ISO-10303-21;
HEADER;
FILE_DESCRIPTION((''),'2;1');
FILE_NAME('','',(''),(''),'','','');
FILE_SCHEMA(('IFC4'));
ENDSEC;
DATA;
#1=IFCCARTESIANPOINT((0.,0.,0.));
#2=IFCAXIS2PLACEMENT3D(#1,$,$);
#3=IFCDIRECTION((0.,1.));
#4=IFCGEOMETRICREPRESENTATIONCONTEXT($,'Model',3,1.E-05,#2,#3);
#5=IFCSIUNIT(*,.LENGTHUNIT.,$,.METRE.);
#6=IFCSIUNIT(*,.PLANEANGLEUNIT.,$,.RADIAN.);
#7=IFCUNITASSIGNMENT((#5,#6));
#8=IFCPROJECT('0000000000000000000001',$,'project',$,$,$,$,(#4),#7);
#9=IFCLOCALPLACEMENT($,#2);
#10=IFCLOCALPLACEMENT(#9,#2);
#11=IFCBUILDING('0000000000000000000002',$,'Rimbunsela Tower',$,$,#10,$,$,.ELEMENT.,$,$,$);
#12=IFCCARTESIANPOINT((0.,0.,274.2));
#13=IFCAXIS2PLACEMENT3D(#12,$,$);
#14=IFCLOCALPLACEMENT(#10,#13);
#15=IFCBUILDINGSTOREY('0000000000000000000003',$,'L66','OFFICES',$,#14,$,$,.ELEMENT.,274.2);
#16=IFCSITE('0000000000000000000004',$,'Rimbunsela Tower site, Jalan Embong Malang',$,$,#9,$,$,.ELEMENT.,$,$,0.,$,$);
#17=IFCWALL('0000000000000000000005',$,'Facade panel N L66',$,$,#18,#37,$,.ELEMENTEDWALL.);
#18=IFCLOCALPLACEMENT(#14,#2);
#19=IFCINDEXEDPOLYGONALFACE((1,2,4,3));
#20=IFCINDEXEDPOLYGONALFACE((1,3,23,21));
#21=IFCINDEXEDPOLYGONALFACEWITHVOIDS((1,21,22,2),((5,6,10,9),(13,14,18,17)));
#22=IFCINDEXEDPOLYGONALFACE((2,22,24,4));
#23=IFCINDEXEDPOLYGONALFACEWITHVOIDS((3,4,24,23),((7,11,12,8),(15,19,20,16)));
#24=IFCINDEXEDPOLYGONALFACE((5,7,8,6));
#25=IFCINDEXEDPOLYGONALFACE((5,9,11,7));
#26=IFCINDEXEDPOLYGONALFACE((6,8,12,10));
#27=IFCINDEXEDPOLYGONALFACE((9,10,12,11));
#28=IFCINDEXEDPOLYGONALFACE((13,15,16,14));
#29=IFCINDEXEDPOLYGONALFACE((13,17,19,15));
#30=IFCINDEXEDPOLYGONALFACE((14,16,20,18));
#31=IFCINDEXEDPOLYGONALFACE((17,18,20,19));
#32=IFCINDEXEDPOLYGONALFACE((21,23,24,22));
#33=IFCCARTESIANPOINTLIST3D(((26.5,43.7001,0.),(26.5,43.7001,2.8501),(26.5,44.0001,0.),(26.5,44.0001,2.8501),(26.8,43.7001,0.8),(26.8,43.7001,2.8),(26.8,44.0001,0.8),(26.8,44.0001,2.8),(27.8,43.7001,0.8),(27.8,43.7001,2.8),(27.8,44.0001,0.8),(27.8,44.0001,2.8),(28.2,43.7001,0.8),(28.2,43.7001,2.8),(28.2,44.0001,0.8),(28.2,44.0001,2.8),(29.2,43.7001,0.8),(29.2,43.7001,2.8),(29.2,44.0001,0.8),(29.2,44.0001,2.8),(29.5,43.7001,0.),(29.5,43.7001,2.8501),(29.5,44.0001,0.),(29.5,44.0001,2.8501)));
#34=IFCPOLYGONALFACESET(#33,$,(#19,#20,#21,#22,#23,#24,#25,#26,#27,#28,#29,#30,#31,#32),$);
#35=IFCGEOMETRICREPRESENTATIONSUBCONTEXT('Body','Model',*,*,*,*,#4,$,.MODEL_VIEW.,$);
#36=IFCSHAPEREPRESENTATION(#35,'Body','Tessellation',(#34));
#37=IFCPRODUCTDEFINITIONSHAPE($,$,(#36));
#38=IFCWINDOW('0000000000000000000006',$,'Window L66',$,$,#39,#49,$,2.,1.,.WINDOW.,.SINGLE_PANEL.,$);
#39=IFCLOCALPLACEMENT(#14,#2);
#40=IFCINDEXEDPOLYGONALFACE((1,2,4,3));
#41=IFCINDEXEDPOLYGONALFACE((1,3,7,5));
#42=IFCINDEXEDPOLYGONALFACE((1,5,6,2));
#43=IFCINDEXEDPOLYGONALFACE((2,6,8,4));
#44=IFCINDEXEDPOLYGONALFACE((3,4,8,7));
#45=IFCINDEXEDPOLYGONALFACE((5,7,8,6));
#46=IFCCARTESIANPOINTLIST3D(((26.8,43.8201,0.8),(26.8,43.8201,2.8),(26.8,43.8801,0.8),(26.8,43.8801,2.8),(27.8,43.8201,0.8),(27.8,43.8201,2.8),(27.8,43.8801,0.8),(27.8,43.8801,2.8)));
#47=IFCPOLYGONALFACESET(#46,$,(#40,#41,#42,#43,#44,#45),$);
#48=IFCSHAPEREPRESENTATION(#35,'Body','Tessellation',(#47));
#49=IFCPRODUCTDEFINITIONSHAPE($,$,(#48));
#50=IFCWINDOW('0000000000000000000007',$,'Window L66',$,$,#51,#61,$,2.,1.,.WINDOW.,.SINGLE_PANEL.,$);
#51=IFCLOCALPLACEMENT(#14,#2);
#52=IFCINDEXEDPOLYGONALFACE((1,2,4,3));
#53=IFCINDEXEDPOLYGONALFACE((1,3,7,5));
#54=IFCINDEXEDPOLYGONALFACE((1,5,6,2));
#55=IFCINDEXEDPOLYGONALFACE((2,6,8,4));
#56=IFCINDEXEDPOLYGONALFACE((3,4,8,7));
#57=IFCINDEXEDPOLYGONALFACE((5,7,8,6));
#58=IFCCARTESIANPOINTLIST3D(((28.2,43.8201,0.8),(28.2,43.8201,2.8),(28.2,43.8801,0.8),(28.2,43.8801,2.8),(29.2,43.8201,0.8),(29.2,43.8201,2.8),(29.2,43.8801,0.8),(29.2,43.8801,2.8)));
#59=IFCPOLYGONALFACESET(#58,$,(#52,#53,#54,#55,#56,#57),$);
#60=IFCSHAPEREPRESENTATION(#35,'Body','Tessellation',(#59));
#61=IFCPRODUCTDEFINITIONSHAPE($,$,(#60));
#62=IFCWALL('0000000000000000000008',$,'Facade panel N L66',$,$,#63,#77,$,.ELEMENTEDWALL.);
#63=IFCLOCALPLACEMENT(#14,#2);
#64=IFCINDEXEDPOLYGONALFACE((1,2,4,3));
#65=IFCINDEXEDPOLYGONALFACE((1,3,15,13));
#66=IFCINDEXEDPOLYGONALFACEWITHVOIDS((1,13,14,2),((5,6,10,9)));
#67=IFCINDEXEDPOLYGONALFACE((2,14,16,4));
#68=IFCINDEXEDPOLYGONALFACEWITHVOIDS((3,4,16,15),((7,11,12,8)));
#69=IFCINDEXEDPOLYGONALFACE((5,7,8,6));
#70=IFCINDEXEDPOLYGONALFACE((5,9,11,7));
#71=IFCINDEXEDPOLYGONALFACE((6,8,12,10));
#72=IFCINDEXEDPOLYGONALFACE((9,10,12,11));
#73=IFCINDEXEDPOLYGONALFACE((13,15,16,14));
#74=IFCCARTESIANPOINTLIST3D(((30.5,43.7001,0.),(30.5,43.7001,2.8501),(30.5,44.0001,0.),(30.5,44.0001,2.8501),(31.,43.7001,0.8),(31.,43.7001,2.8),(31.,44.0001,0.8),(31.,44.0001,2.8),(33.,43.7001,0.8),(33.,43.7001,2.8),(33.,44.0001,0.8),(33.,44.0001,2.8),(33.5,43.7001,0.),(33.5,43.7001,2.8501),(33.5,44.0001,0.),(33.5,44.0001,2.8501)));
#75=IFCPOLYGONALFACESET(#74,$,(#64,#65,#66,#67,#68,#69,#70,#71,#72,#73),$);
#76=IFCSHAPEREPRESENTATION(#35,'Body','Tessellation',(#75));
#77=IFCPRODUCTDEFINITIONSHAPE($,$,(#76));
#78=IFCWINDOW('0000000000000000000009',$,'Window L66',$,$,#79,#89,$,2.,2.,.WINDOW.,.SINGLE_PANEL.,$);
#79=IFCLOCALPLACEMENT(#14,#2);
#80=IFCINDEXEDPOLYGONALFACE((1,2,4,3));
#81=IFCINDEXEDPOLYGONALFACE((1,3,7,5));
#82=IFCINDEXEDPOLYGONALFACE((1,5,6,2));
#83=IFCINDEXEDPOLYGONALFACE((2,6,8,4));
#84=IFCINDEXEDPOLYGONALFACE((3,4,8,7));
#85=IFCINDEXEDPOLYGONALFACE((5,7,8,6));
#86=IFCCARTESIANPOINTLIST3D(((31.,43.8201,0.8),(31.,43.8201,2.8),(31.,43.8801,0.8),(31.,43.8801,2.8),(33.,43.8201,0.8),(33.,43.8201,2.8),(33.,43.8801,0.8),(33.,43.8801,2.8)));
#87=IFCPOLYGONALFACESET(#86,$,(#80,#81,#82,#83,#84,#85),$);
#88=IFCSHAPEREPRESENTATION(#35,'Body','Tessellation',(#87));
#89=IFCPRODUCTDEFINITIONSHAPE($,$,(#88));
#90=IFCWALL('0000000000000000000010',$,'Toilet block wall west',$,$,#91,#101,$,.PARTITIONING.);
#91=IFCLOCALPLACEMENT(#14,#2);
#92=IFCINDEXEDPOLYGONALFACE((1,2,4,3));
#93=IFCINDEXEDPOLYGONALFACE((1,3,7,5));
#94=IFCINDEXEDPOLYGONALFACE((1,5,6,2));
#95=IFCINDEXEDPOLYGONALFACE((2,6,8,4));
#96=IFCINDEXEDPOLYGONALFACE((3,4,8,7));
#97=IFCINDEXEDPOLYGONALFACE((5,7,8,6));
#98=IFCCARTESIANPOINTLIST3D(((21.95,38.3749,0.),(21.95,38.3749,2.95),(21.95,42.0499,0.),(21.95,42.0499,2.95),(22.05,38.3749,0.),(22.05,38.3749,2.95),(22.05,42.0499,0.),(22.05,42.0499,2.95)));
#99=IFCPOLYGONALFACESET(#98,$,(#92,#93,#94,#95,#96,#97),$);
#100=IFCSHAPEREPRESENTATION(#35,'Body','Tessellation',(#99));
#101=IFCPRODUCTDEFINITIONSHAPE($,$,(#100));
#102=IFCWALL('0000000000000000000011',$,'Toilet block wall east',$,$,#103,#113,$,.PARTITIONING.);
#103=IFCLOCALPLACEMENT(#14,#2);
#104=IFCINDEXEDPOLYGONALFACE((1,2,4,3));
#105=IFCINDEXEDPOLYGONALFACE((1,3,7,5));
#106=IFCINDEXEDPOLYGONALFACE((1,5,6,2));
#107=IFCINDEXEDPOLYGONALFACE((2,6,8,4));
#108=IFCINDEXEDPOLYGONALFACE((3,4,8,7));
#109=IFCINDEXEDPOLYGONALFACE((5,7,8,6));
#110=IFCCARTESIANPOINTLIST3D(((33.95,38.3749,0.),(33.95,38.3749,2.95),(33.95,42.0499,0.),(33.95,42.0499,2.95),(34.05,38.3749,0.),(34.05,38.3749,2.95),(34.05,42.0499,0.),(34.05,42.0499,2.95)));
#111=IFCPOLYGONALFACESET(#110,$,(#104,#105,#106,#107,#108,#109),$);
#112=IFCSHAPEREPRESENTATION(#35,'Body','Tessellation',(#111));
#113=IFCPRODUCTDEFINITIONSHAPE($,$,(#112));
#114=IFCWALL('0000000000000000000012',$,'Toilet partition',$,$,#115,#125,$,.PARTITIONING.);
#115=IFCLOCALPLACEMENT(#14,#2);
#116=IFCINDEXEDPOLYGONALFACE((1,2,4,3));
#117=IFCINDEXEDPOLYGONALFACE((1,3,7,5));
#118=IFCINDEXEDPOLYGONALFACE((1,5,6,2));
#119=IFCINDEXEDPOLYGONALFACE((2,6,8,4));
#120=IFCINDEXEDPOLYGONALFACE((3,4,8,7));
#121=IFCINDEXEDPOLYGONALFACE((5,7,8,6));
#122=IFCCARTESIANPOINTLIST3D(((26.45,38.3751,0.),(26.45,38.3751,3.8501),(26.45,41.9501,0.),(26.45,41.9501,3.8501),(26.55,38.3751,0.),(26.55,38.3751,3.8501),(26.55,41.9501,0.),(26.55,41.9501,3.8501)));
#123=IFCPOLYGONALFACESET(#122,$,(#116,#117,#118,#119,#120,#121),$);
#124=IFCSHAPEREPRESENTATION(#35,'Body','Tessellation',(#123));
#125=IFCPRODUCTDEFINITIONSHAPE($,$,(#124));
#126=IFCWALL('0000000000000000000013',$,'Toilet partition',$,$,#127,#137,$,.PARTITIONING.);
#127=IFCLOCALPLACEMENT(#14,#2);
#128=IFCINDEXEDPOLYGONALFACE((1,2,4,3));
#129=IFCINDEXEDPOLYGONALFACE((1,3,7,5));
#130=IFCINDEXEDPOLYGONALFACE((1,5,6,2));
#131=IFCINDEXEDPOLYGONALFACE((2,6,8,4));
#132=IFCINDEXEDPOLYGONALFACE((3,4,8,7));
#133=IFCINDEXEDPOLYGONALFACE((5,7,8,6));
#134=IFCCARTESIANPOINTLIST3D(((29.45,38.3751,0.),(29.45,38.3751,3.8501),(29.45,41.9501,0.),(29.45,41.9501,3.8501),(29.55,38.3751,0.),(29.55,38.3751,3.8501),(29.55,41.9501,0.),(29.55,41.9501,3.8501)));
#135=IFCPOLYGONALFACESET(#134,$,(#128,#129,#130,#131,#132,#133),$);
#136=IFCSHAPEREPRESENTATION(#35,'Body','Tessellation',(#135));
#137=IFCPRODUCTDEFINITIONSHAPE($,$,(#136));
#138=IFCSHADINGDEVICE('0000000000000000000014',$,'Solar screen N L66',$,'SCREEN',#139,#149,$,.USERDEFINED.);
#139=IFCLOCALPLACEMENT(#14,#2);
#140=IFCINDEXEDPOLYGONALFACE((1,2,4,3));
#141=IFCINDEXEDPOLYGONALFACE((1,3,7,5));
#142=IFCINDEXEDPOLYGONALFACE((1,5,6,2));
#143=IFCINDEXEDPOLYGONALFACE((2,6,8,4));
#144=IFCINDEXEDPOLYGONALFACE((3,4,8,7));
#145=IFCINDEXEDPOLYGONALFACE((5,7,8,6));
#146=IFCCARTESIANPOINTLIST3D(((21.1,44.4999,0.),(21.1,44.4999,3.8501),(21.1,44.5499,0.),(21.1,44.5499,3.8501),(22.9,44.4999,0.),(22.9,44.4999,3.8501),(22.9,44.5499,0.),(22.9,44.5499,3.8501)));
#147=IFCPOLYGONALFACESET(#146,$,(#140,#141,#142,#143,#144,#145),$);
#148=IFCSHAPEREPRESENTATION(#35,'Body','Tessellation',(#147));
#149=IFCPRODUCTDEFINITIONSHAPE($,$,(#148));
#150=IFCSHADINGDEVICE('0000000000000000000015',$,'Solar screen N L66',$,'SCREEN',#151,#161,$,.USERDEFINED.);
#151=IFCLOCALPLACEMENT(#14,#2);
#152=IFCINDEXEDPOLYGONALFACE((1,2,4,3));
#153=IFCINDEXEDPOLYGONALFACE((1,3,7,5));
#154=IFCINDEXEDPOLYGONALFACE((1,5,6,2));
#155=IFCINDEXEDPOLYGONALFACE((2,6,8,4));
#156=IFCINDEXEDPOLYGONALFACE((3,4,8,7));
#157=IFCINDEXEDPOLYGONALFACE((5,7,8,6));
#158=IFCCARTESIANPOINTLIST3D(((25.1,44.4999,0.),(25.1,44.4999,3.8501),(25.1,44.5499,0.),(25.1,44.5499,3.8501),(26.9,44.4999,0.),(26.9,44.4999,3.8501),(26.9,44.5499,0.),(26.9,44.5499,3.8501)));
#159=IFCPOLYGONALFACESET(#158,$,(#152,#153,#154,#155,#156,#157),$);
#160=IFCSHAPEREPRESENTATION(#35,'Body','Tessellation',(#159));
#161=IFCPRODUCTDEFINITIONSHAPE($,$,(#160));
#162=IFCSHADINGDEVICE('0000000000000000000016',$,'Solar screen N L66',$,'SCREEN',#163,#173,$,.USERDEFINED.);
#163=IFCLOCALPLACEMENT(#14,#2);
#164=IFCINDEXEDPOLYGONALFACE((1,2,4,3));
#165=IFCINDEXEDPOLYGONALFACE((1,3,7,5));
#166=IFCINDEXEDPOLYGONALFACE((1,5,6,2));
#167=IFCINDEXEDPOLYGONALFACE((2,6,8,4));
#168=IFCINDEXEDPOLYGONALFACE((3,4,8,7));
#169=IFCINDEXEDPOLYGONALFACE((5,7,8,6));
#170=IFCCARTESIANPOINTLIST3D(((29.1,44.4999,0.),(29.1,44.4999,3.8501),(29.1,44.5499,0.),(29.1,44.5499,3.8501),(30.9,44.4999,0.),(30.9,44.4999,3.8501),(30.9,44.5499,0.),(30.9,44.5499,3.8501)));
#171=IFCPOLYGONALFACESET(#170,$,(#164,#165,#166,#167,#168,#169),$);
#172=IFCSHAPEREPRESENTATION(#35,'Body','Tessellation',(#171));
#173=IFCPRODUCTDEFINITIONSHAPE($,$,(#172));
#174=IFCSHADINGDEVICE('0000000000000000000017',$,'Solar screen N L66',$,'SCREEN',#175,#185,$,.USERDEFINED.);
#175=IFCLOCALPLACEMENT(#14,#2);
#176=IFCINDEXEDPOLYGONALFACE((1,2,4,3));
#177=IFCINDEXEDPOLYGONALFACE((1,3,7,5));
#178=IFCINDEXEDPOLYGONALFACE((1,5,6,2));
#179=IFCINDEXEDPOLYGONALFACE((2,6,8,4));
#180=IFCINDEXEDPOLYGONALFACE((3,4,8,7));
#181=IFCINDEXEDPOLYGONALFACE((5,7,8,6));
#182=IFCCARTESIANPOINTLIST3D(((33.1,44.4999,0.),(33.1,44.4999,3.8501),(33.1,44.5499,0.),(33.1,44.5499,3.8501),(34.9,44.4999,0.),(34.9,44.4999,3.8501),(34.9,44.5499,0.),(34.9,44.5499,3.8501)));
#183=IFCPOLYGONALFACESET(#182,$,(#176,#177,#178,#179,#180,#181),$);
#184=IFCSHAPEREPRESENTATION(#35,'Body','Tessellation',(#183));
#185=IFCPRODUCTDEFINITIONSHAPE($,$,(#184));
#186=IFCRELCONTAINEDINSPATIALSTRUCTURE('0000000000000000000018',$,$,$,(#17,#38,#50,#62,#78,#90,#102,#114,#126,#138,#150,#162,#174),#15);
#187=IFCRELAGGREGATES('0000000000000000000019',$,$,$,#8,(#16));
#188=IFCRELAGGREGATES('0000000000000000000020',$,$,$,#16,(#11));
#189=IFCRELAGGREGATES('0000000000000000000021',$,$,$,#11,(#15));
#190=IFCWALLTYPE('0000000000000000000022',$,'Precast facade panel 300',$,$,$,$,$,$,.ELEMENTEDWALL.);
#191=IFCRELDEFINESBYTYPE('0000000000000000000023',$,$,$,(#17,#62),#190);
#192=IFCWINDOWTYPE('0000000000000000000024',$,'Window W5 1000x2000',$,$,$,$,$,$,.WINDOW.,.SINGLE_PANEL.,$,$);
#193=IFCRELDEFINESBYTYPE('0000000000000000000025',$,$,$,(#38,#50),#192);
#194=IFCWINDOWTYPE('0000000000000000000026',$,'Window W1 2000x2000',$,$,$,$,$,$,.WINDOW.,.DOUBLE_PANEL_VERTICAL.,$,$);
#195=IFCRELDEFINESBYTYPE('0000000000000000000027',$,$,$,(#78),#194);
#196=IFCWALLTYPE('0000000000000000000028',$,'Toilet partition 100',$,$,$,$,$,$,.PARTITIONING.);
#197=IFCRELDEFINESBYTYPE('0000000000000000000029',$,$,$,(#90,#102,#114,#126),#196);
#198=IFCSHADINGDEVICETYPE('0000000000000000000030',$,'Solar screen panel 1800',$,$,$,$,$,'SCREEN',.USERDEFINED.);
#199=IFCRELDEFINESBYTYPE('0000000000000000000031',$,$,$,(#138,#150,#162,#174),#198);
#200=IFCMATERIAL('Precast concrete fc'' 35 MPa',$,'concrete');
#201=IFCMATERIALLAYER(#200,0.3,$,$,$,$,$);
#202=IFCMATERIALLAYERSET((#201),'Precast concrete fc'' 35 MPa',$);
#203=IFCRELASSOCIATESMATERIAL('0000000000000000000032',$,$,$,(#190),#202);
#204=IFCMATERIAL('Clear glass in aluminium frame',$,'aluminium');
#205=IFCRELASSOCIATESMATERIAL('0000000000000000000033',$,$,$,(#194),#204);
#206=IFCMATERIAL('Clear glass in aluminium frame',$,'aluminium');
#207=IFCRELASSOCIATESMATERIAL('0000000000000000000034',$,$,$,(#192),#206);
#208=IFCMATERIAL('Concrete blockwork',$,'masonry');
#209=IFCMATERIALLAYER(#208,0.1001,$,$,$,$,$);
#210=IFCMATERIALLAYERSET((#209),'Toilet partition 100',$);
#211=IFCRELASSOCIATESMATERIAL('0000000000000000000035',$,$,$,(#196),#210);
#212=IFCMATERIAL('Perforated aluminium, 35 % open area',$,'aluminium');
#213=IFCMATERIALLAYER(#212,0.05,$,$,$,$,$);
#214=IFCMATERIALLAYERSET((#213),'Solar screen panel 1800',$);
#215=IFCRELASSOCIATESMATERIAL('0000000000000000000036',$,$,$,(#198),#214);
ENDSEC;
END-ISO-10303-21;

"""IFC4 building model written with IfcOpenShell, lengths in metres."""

from ifc_helpers import new_model, si_unit, direction, frame, frame_2d, origin, origin_2d, place, context, subcontext, project, spatial, rectangle, extrude, material, layer, layer_set, type_object, element, fill, save


model = new_model("IFC4")

# Units and contexts
model_context = context("Model", 3, precision=1e-05, world=origin(), true_north=direction((0.0, 1.0)))
body_context = subcontext(model_context, "Body", "Model", "MODEL_VIEW")
ifc_project = project(units=[si_unit("LENGTHUNIT", "METRE"), si_unit("PLANEANGLEUNIT", "RADIAN")], contexts=[model_context])

# Site, building, storey
site_placement = place(None, origin())
site = spatial("IfcSite", under=ifc_project, at=site_placement, Name="Rimbunsela Tower site, Jalan Embong Malang", CompositionType="ELEMENT", RefElevation=0.0)
building_placement = place(site_placement, origin())
building = spatial("IfcBuilding", under=site, at=building_placement, Name="Rimbunsela Tower", CompositionType="ELEMENT")
storey_placement = place(building_placement, frame((0.0, 0.0, 274.2)))
storey = spatial("IfcBuildingStorey", under=building, at=storey_placement, Name="L66", Description="OFFICES", CompositionType="ELEMENT", Elevation=274.2)

# Shared definitions
ifc_material_1 = material(Name="Precast concrete fc' 35 MPa", Category="concrete")
ifc_layer_1 = layer(ifc_material_1, 0.3)
ifc_layer_set_1 = layer_set([ifc_layer_1], Name="Precast concrete fc' 35 MPa")
wall_type_1 = type_object("IfcWallType", Name="Precast facade panel 300", PredefinedType="ELEMENTEDWALL", material=ifc_layer_set_1)
ifc_material_2 = material(Name="Clear glass in aluminium frame", Category="aluminium")
window_type_1 = type_object("IfcWindowType", Name="Window W1 2000x2000", PartitioningType="DOUBLE_PANEL_VERTICAL", PredefinedType="WINDOW", material=ifc_material_2)

# Wall, openings, windows
wall_1_placement = place(storey_placement, frame((29.5, 43.8501, 0.0), z_axis=(0.0, 0.0, 1.0), x_axis=(-1.0, 0.0, 0.0)))
wall_1 = element("IfcWall", 1, at=wall_1_placement, inside=storey, type_object=wall_type_1, Name="Facade panel N L66", PredefinedType="ELEMENTEDWALL", context=body_context, shape_type="SweptSolid", body=[
    extrude(rectangle(XDim=3.0, YDim=0.3, at=frame_2d((1.5, 0.0))), origin(), (0.0, 0.0, 1.0), 2.8501),
])
opening_1_placement = place(wall_1_placement, frame((1.7, 0.0, 0.8)))
opening_1 = element("IfcOpeningElement", 2, at=opening_1_placement, cuts=wall_1, PredefinedType="OPENING", context=body_context, shape_type="SweptSolid", body=[
    extrude(rectangle(XDim=1.0, YDim=2.0, at=frame_2d((0.5, 1.0))), frame((0.0, 0.1599, 0.0), z_axis=(0.0, -1.0, 0.0), x_axis=(1.0, 0.0, 0.0)), (0.0, 0.0, 1.0), 0.3201),
])
opening_2_placement = place(wall_1_placement, frame((0.3, 0.0, 0.8)))
opening_2 = element("IfcOpeningElement", 3, at=opening_2_placement, cuts=wall_1, PredefinedType="OPENING", context=body_context, shape_type="SweptSolid", body=[
    extrude(rectangle(XDim=1.0, YDim=2.0, at=frame_2d((0.5, 1.0))), frame((0.0, 0.1599, 0.0), z_axis=(0.0, -1.0, 0.0), x_axis=(1.0, 0.0, 0.0)), (0.0, 0.0, 1.0), 0.3201),
])
ifc_material_3 = material(Name="Clear glass in aluminium frame", Category="aluminium")
window_type_2 = type_object("IfcWindowType", Name="Window W5 1000x2000", PartitioningType="SINGLE_PANEL", PredefinedType="WINDOW", material=ifc_material_3)
window_1_placement = place(opening_1_placement, origin())
window_1 = element("IfcWindow", 4, at=window_1_placement, inside=storey, type_object=window_type_2, Name="Window L66", OverallHeight=2.0, OverallWidth=1.0, PartitioningType="SINGLE_PANEL", PredefinedType="WINDOW", context=body_context, shape_type="SweptSolid", body=[
    extrude(rectangle(XDim=1.0, YDim=2.0, at=frame_2d((0.5, 1.0))), frame((0.0, 0.03, 0.0), z_axis=(0.0, -1.0, 0.0), x_axis=(1.0, 0.0, 0.0)), (0.0, 0.0, 1.0), 0.0601),
])
fill(opening_1, window_1)
window_2_placement = place(opening_2_placement, origin())
window_2 = element("IfcWindow", 5, at=window_2_placement, inside=storey, type_object=window_type_2, Name="Window L66", OverallHeight=2.0, OverallWidth=1.0, PartitioningType="SINGLE_PANEL", PredefinedType="WINDOW", context=body_context, shape_type="SweptSolid", body=[
    extrude(rectangle(XDim=1.0, YDim=2.0, at=frame_2d((0.5, 1.0))), frame((0.0, 0.03, 0.0), z_axis=(0.0, -1.0, 0.0), x_axis=(1.0, 0.0, 0.0)), (0.0, 0.0, 1.0), 0.0601),
])
fill(opening_2, window_2)

# Wall, opening, window
wall_2_placement = place(storey_placement, frame((33.5, 43.8501, 0.0), z_axis=(0.0, 0.0, 1.0), x_axis=(-1.0, 0.0, 0.0)))
wall_2 = element("IfcWall", 6, at=wall_2_placement, inside=storey, type_object=wall_type_1, Name="Facade panel N L66", PredefinedType="ELEMENTEDWALL", context=body_context, shape_type="SweptSolid", body=[
    extrude(rectangle(XDim=3.0, YDim=0.3, at=frame_2d((1.5, 0.0))), origin(), (0.0, 0.0, 1.0), 2.8501),
])
opening_3_placement = place(wall_2_placement, frame((0.5, 0.0, 0.8)))
opening_3 = element("IfcOpeningElement", 7, at=opening_3_placement, cuts=wall_2, PredefinedType="OPENING", context=body_context, shape_type="SweptSolid", body=[
    extrude(rectangle(XDim=2.0, YDim=2.0, at=frame_2d((1.0, 1.0))), frame((0.0, 0.1599, 0.0), z_axis=(0.0, -1.0, 0.0), x_axis=(1.0, 0.0, 0.0)), (0.0, 0.0, 1.0), 0.3201),
])
window_3_placement = place(opening_3_placement, origin())
window_3 = element("IfcWindow", 8, at=window_3_placement, inside=storey, type_object=window_type_1, Name="Window L66", OverallHeight=2.0, OverallWidth=2.0, PartitioningType="SINGLE_PANEL", PredefinedType="WINDOW", context=body_context, shape_type="SweptSolid", body=[
    extrude(rectangle(XDim=2.0, YDim=2.0, at=frame_2d((1.0, 1.0))), frame((0.0, 0.03, 0.0), z_axis=(0.0, -1.0, 0.0), x_axis=(1.0, 0.0, 0.0)), (0.0, 0.0, 1.0), 0.0601),
])
fill(opening_3, window_3)

# Walls
ifc_material_4 = material(Name="Concrete blockwork", Category="masonry")
ifc_layer_2 = layer(ifc_material_4, 0.1001)
ifc_layer_set_2 = layer_set([ifc_layer_2], Name="Toilet partition 100")
wall_type_2 = type_object("IfcWallType", Name="Toilet partition 100", PredefinedType="PARTITIONING", material=ifc_layer_set_2)
for number, where, z_axis, x_axis, name in (
    (9, (22.0, 38.375, 0.0), (0.0, 0.0, 1.0), (0.0, 1.0, 0.0), "Toilet block wall west"),
    (10, (34.0, 38.375, 0.0), (0.0, 0.0, 1.0), (0.0, 1.0, 0.0), "Toilet block wall east"),
):
    element("IfcWall", number, at=place(storey_placement, frame(where, z_axis=z_axis, x_axis=x_axis)), inside=storey, type_object=wall_type_2, Name=name, PredefinedType="PARTITIONING", context=body_context, shape_type="SweptSolid", body=[
        extrude(rectangle(XDim=3.675, YDim=0.1001, at=frame_2d((1.8374, 0.0))), origin(), (0.0, 0.0, 1.0), 2.95),
    ])
for number, where, z_axis, x_axis, name in (
    (11, (26.5, 38.375, 0.0), (0.0, 0.0, 1.0), (0.0, 1.0, 0.0), "Toilet partition"),
    (12, (29.5, 38.375, 0.0), (0.0, 0.0, 1.0), (0.0, 1.0, 0.0), "Toilet partition"),
):
    element("IfcWall", number, at=place(storey_placement, frame(where, z_axis=z_axis, x_axis=x_axis)), inside=storey, type_object=wall_type_2, Name=name, PredefinedType="PARTITIONING", context=body_context, shape_type="SweptSolid", body=[
        extrude(rectangle(XDim=3.575, YDim=0.1001, at=frame_2d((1.7876, 0.0))), origin(), (0.0, 0.0, 1.0), 3.8501),
    ])

# Shading devices
ifc_material_5 = material(Name="Perforated aluminium, 35 % open area", Category="aluminium")
ifc_layer_3 = layer(ifc_material_5, 0.05)
ifc_layer_set_3 = layer_set([ifc_layer_3], Name="Solar screen panel 1800")
shading_device_type = type_object("IfcShadingDeviceType", Name="Solar screen panel 1800", ElementType="SCREEN", PredefinedType="USERDEFINED", material=ifc_layer_set_3)
for number, where, z_axis, x_axis, name in (
    (13, (22.0, 44.5249, 0.0), (0.0, 0.0, 1.0), (1.0, 0.0, 0.0), "Solar screen N L66"),
    (14, (26.0, 44.5249, 0.0), (0.0, 0.0, 1.0), (1.0, 0.0, 0.0), "Solar screen N L66"),
    (15, (30.0, 44.5249, 0.0), (0.0, 0.0, 1.0), (1.0, 0.0, 0.0), "Solar screen N L66"),
    (16, (34.0, 44.5249, 0.0), (0.0, 0.0, 1.0), (1.0, 0.0, 0.0), "Solar screen N L66"),
):
    element("IfcShadingDevice", number, at=place(storey_placement, frame(where, z_axis=z_axis, x_axis=x_axis)), inside=storey, type_object=shading_device_type, Name=name, ObjectType="SCREEN", PredefinedType="USERDEFINED", context=body_context, shape_type="SweptSolid", body=[
        extrude(rectangle(XDim=1.8, YDim=0.05, at=origin_2d()), origin(), (0.0, 0.0, 1.0), 3.8501),
    ])

save(model, "model.ifc")
